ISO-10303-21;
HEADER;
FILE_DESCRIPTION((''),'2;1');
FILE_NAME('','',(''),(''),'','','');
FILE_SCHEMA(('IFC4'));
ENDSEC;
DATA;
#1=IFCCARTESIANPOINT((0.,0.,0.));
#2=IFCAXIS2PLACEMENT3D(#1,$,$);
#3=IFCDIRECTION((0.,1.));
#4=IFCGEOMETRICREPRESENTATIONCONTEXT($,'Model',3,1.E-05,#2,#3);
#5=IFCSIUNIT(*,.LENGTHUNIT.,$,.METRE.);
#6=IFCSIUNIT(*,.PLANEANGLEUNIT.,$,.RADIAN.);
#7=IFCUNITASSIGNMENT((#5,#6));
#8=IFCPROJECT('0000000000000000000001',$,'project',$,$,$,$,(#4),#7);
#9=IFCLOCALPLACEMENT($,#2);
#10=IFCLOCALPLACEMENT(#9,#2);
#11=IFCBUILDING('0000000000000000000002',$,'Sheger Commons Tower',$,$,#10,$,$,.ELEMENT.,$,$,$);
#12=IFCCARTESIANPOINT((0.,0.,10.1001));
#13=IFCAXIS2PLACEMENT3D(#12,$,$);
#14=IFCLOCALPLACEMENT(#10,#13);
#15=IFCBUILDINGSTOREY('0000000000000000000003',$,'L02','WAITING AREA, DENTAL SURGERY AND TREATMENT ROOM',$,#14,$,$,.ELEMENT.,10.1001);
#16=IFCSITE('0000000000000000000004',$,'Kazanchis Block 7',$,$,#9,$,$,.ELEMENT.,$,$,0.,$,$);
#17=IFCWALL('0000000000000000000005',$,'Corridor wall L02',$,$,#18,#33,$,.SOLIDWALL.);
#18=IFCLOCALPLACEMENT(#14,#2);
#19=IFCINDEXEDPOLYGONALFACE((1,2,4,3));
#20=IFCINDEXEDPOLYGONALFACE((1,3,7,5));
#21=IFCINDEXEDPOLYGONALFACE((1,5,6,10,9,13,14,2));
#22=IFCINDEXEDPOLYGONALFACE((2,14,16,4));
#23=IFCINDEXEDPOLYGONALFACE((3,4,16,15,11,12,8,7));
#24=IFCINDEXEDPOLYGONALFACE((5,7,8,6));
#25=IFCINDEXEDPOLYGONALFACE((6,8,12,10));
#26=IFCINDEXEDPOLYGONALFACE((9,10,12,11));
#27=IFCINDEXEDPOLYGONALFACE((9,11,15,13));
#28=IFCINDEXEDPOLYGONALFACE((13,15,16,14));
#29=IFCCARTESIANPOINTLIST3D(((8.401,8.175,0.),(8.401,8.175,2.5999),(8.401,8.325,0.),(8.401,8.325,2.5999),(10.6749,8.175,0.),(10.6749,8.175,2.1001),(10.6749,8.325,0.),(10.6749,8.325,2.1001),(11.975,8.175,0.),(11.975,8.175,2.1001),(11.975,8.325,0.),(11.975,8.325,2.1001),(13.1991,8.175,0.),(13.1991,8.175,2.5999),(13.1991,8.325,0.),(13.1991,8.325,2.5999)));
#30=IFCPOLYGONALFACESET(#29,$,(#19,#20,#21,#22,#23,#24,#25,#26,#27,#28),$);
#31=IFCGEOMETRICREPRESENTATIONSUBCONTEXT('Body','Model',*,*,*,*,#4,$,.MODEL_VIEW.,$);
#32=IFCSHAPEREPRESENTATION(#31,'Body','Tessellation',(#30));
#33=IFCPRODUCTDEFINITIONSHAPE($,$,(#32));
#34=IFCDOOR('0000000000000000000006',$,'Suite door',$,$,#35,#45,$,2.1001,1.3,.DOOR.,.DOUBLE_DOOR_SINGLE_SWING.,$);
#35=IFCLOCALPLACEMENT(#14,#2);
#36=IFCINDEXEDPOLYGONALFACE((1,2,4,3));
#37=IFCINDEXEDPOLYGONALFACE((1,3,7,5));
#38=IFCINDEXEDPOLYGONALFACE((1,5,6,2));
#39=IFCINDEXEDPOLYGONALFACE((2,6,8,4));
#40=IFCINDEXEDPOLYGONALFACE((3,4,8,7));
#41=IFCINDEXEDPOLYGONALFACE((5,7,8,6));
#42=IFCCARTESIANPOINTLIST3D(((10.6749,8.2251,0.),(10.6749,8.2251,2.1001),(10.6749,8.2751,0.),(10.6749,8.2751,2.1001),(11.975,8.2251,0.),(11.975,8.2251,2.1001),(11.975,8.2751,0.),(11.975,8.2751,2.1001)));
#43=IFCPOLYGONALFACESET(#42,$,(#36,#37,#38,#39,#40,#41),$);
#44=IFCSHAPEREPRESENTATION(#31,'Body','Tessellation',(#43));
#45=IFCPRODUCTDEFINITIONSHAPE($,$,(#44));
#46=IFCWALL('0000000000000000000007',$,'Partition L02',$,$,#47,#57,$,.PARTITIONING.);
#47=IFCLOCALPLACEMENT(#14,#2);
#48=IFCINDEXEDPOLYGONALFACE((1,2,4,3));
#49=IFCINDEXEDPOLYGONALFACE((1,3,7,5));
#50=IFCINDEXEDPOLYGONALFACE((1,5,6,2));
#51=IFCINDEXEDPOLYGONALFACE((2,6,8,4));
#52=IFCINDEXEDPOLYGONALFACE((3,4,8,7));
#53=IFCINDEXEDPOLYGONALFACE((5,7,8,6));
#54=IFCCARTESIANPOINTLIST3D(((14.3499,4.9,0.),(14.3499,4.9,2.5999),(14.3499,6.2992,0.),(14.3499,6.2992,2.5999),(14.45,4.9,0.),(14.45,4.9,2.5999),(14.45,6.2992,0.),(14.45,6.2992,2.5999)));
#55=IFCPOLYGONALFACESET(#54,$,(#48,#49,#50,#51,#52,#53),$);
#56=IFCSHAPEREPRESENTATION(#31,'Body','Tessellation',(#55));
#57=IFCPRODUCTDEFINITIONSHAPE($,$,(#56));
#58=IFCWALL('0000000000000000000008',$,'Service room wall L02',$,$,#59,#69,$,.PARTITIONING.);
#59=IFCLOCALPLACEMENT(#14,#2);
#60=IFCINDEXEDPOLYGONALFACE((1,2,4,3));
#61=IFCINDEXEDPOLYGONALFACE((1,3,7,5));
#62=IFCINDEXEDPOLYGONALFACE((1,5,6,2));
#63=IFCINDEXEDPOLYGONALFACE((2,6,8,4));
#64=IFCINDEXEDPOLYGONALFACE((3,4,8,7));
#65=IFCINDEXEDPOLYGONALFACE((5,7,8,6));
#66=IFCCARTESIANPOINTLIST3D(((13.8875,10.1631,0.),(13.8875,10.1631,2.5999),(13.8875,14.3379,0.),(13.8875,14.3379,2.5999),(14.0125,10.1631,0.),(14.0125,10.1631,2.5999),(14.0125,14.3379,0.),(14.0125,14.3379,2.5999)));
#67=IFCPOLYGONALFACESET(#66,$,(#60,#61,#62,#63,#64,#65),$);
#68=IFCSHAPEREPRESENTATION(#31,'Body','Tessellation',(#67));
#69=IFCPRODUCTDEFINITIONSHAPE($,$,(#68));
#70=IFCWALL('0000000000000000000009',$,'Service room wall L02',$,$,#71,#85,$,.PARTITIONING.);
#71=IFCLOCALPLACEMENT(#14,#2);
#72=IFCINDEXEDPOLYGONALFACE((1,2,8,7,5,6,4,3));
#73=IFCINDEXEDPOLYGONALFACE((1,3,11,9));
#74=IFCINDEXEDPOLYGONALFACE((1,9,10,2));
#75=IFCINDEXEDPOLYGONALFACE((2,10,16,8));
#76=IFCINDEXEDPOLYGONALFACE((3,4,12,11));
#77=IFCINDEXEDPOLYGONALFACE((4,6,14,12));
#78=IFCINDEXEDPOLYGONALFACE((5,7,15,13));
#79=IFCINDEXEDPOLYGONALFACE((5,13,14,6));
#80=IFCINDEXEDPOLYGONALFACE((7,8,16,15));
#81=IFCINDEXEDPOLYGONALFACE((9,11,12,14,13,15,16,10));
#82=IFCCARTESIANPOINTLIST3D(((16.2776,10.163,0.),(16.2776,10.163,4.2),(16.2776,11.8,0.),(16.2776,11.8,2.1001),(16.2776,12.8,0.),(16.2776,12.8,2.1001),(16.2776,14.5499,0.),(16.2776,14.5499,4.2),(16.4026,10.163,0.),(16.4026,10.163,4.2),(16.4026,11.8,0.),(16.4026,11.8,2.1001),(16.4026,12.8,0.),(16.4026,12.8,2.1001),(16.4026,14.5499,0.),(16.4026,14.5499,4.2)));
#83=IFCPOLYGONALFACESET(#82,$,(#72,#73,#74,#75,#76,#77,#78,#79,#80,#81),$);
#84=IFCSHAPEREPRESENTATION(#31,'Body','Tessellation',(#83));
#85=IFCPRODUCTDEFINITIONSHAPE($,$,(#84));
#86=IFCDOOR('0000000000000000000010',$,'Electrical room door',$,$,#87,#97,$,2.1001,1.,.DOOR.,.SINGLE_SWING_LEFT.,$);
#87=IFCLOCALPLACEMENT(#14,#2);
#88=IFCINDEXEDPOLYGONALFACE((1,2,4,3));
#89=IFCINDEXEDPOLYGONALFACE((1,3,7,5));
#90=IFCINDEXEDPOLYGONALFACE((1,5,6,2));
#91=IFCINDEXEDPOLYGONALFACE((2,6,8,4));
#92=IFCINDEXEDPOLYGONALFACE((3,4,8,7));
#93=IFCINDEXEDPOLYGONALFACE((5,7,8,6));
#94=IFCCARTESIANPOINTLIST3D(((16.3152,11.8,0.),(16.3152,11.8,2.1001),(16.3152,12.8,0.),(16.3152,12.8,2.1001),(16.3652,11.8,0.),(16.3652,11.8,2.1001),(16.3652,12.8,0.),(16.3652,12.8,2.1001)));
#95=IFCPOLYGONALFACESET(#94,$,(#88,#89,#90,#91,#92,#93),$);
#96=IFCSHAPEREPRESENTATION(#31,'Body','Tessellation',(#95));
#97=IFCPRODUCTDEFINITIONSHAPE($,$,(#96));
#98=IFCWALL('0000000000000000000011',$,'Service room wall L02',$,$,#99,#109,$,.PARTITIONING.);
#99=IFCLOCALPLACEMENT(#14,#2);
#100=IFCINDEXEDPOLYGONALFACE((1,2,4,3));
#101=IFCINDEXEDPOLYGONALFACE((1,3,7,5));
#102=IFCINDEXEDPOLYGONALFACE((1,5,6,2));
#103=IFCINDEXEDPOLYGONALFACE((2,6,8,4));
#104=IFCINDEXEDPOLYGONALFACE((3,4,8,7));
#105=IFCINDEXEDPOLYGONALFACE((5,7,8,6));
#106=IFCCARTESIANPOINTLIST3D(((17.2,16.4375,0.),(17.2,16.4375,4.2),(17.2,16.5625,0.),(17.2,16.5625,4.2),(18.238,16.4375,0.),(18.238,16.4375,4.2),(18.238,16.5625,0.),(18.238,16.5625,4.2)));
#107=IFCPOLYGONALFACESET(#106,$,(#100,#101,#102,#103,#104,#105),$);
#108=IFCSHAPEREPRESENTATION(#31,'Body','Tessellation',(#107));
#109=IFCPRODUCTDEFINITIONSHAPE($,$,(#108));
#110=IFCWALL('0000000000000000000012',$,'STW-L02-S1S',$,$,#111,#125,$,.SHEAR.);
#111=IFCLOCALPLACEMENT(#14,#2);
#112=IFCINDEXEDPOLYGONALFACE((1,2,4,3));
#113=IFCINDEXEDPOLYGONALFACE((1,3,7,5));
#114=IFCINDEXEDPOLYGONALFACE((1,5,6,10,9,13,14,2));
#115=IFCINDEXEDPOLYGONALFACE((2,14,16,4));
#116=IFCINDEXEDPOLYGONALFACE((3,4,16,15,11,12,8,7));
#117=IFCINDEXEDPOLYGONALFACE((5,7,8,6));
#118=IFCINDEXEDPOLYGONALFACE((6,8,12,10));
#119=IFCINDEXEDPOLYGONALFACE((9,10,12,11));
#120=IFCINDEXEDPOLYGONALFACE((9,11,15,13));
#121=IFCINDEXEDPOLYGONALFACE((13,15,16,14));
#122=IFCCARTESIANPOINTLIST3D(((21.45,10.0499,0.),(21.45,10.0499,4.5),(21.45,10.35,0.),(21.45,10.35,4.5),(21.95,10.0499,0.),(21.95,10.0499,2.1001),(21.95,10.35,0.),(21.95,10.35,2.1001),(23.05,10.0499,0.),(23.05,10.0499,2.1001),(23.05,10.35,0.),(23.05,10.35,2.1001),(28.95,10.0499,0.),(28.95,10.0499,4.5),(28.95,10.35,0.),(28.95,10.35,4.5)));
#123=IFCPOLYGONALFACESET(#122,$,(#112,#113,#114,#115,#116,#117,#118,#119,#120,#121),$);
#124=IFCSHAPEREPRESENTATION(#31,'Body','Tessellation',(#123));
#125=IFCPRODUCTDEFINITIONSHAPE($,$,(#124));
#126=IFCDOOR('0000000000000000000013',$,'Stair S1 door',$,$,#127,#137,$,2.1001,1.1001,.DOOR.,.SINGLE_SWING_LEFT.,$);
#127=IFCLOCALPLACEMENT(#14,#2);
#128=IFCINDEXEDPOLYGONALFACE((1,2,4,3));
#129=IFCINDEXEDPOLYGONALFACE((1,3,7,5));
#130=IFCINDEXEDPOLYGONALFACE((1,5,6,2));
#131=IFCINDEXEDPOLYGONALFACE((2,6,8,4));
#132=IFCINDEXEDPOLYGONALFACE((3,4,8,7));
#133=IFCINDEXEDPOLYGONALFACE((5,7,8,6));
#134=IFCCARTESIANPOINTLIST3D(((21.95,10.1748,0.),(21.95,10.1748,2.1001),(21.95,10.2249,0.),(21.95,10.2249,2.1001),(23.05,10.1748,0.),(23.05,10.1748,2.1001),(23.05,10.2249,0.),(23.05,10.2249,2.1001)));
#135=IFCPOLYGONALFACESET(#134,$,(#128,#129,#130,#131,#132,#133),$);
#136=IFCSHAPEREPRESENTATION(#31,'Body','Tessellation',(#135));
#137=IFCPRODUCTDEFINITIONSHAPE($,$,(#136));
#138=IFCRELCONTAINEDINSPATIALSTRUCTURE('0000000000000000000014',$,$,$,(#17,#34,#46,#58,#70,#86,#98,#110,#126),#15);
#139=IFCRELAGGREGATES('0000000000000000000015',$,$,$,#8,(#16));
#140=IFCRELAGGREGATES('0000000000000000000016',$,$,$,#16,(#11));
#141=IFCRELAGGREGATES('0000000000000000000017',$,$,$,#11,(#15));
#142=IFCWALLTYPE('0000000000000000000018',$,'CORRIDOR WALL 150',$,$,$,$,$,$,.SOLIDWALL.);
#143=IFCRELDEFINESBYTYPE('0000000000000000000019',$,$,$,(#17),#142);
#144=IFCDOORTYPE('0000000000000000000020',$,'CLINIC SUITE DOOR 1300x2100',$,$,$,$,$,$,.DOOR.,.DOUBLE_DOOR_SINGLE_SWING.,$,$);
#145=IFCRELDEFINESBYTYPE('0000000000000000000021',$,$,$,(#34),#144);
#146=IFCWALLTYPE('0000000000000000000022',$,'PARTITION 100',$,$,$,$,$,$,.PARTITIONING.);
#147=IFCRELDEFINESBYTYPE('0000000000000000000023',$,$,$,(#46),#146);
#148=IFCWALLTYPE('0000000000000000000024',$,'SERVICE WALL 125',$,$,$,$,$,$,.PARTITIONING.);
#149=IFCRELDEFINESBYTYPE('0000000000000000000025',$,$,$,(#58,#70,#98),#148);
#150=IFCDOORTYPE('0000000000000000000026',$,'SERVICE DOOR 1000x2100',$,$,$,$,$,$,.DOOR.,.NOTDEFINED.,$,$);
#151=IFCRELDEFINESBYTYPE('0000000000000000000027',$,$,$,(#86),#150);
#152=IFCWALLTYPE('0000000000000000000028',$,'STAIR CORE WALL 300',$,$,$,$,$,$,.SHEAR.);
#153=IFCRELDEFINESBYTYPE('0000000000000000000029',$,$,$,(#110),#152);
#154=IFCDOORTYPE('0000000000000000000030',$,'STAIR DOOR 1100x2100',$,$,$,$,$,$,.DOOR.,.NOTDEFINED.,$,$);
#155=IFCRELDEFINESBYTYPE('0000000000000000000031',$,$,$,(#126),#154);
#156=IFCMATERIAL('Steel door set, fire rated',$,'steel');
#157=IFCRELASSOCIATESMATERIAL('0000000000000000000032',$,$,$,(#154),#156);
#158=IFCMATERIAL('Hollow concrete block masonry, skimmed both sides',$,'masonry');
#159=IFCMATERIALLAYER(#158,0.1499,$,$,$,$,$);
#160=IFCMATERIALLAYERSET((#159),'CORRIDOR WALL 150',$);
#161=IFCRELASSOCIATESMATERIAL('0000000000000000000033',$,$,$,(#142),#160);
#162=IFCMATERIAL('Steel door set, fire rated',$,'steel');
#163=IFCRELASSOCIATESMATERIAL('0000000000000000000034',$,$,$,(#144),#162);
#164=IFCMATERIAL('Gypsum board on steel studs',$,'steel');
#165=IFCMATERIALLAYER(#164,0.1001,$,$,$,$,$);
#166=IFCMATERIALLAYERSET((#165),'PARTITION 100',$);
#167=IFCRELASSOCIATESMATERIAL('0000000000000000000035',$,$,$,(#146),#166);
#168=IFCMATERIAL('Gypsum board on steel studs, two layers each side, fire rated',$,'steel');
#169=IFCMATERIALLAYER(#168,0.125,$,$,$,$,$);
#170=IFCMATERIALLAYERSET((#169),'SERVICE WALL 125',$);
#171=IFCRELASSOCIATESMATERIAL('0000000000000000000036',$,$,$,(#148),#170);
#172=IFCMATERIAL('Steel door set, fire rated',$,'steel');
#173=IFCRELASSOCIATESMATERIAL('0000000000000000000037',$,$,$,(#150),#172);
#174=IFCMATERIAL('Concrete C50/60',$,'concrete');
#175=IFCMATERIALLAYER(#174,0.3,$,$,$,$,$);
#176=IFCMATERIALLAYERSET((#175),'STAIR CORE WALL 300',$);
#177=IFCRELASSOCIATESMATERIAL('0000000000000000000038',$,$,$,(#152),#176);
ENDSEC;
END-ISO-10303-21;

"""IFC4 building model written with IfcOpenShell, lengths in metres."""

from ifc_helpers import new_model, si_unit, direction, frame, frame_2d, origin, place, context, subcontext, project, spatial, rectangle, extrude, material, layer, layer_set, type_object, element, fill, save


model = new_model("IFC4")

# Units and contexts
model_context = context("Model", 3, precision=1e-05, world=origin(), true_north=direction((0.0, 1.0)))
body_context = subcontext(model_context, "Body", "Model", "MODEL_VIEW")
ifc_project = project(units=[si_unit("LENGTHUNIT", "METRE"), si_unit("PLANEANGLEUNIT", "RADIAN")], contexts=[model_context])

# Site, building, storey
site_placement = place(None, origin())
site = spatial("IfcSite", under=ifc_project, at=site_placement, Name="Kazanchis Block 7", CompositionType="ELEMENT", RefElevation=0.0)
building_placement = place(site_placement, origin())
building = spatial("IfcBuilding", under=site, at=building_placement, Name="Sheger Commons Tower", CompositionType="ELEMENT")
storey_placement = place(building_placement, frame((0.0, 0.0, 10.1001)))
storey = spatial("IfcBuildingStorey", under=building, at=storey_placement, Name="L02", Description="WAITING AREA, DENTAL SURGERY AND TREATMENT ROOM", CompositionType="ELEMENT", Elevation=10.1001)

# Shared definitions
ifc_material_1 = material(Name="Steel door set, fire rated", Category="steel")
door_type_1 = type_object("IfcDoorType", Name="STAIR DOOR 1100x2100", OperationType="NOTDEFINED", PredefinedType="DOOR", material=ifc_material_1)

# Wall, opening, door
ifc_material_2 = material(Name="Hollow concrete block masonry, skimmed both sides", Category="masonry")
ifc_layer_1 = layer(ifc_material_2, 0.1499)
ifc_layer_set_1 = layer_set([ifc_layer_1], Name="CORRIDOR WALL 150")
wall_type_1 = type_object("IfcWallType", Name="CORRIDOR WALL 150", PredefinedType="SOLIDWALL", material=ifc_layer_set_1)
ifc_material_3 = material(Name="Steel door set, fire rated", Category="steel")
door_type_2 = type_object("IfcDoorType", Name="CLINIC SUITE DOOR 1300x2100", OperationType="DOUBLE_DOOR_SINGLE_SWING", PredefinedType="DOOR", material=ifc_material_3)
wall_1_placement = place(storey_placement, frame((13.199, 8.25, 0.0), z_axis=(0.0, 0.0, 1.0), x_axis=(-1.0, 0.0, 0.0)))
wall_1 = element("IfcWall", 1, at=wall_1_placement, inside=storey, type_object=wall_type_1, Name="Corridor wall L02", PredefinedType="SOLIDWALL", context=body_context, shape_type="SweptSolid", body=[
    extrude(rectangle(XDim=4.7981, YDim=0.1499, at=frame_2d((2.3989, 0.0))), origin(), (0.0, 0.0, 1.0), 2.5999),
])
opening_1_placement = place(wall_1_placement, frame((1.2241, 0.0, 0.0)))
opening_1 = element("IfcOpeningElement", 2, at=opening_1_placement, cuts=wall_1, PredefinedType="OPENING", context=body_context, shape_type="SweptSolid", body=[
    extrude(rectangle(XDim=1.3, YDim=2.1001, at=frame_2d((0.6499, 1.05))), frame((0.0, 0.085, 0.0), z_axis=(0.0, -1.0, 0.0), x_axis=(1.0, 0.0, 0.0)), (0.0, 0.0, 1.0), 0.1699),
])
door_1_placement = place(opening_1_placement, origin())
door_1 = element("IfcDoor", 3, at=door_1_placement, inside=storey, type_object=door_type_2, Name="Suite door", OperationType="DOUBLE_DOOR_SINGLE_SWING", OverallHeight=2.1001, OverallWidth=1.3, PredefinedType="DOOR", context=body_context, shape_type="SweptSolid", body=[
    extrude(rectangle(XDim=1.3, YDim=2.1001, at=frame_2d((0.6499, 1.05))), frame((0.0, 0.0249, 0.0), z_axis=(0.0, -1.0, 0.0), x_axis=(1.0, 0.0, 0.0)), (0.0, 0.0, 1.0), 0.05),
])
fill(opening_1, door_1)

# Walls
ifc_material_4 = material(Name="Gypsum board on steel studs", Category="steel")
ifc_layer_2 = layer(ifc_material_4, 0.1001)
ifc_layer_set_2 = layer_set([ifc_layer_2], Name="PARTITION 100")
wall_type_2 = type_object("IfcWallType", Name="PARTITION 100", PredefinedType="PARTITIONING", material=ifc_layer_set_2)
wall_2_placement = place(storey_placement, frame((14.3999, 4.8999, 0.0), z_axis=(0.0, 0.0, 1.0), x_axis=(0.0, 1.0, 0.0)))
element("IfcWall", 4, at=wall_2_placement, inside=storey, type_object=wall_type_2, Name="Partition L02", PredefinedType="PARTITIONING", context=body_context, shape_type="SweptSolid", body=[
    extrude(rectangle(XDim=1.3992, YDim=0.1001, at=frame_2d((0.6997, 0.0))), origin(), (0.0, 0.0, 1.0), 2.5999),
])
ifc_material_5 = material(Name="Gypsum board on steel studs, two layers each side, fire rated", Category="steel")
ifc_layer_3 = layer(ifc_material_5, 0.125)
ifc_layer_set_3 = layer_set([ifc_layer_3], Name="SERVICE WALL 125")
wall_type_3 = type_object("IfcWallType", Name="SERVICE WALL 125", PredefinedType="PARTITIONING", material=ifc_layer_set_3)
wall_3_placement = place(storey_placement, frame((13.95, 10.1631, 0.0), z_axis=(0.0, 0.0, 1.0), x_axis=(0.0, 1.0, 0.0)))
element("IfcWall", 5, at=wall_3_placement, inside=storey, type_object=wall_type_3, Name="Service room wall L02", PredefinedType="PARTITIONING", context=body_context, shape_type="SweptSolid", body=[
    extrude(rectangle(XDim=4.1748, YDim=0.125, at=frame_2d((2.0874, 0.0))), origin(), (0.0, 0.0, 1.0), 2.5999),
])

# Wall, opening, door
wall_4_placement = place(storey_placement, frame((16.3401, 10.1631, 0.0), z_axis=(0.0, 0.0, 1.0), x_axis=(0.0, 1.0, 0.0)))
wall_4 = element("IfcWall", 6, at=wall_4_placement, inside=storey, type_object=wall_type_3, Name="Service room wall L02", PredefinedType="PARTITIONING", context=body_context, shape_type="SweptSolid", body=[
    extrude(rectangle(XDim=4.387, YDim=0.125, at=frame_2d((2.1934, 0.0))), origin(), (0.0, 0.0, 1.0), 4.2),
])
opening_2_placement = place(wall_4_placement, frame((1.637, 0.0, 0.0)))
opening_2 = element("IfcOpeningElement", 7, at=opening_2_placement, cuts=wall_4, PredefinedType="OPENING", context=body_context, shape_type="SweptSolid", body=[
    extrude(rectangle(XDim=1.0, YDim=2.1001, at=frame_2d((0.5, 1.05))), frame((0.0, 0.0725, 0.0), z_axis=(0.0, -1.0, 0.0), x_axis=(1.0, 0.0, 0.0)), (0.0, 0.0, 1.0), 0.145),
])
ifc_material_6 = material(Name="Steel door set, fire rated", Category="steel")
door_type_3 = type_object("IfcDoorType", Name="SERVICE DOOR 1000x2100", OperationType="NOTDEFINED", PredefinedType="DOOR", material=ifc_material_6)
door_2_placement = place(opening_2_placement, origin())
door_2 = element("IfcDoor", 8, at=door_2_placement, inside=storey, type_object=door_type_3, Name="Electrical room door", OperationType="SINGLE_SWING_LEFT", OverallHeight=2.1001, OverallWidth=1.0, PredefinedType="DOOR", context=body_context, shape_type="SweptSolid", body=[
    extrude(rectangle(XDim=1.0, YDim=2.1001, at=frame_2d((0.5, 1.05))), frame((0.0, 0.0249, 0.0), z_axis=(0.0, -1.0, 0.0), x_axis=(1.0, 0.0, 0.0)), (0.0, 0.0, 1.0), 0.05),
])
fill(opening_2, door_2)

# Wall
wall_5_placement = place(storey_placement, frame((17.2, 16.5, 0.0), z_axis=(0.0, 0.0, 1.0), x_axis=(1.0, 0.0, 0.0)))
element("IfcWall", 9, at=wall_5_placement, inside=storey, type_object=wall_type_3, Name="Service room wall L02", PredefinedType="PARTITIONING", context=body_context, shape_type="SweptSolid", body=[
    extrude(rectangle(XDim=1.0381, YDim=0.125, at=frame_2d((0.519, 0.0))), origin(), (0.0, 0.0, 1.0), 4.2),
])

# Wall, opening, door
ifc_material_7 = material(Name="Concrete C50/60", Category="concrete")
ifc_layer_4 = layer(ifc_material_7, 0.3)
ifc_layer_set_4 = layer_set([ifc_layer_4], Name="STAIR CORE WALL 300")
wall_type_4 = type_object("IfcWallType", Name="STAIR CORE WALL 300", PredefinedType="SHEAR", material=ifc_layer_set_4)
wall_6_placement = place(storey_placement, frame((21.45, 10.2, 0.0), z_axis=(0.0, 0.0, 1.0), x_axis=(1.0, 0.0, 0.0)))
wall_6 = element("IfcWall", 10, at=wall_6_placement, inside=storey, type_object=wall_type_4, Name="STW-L02-S1S", PredefinedType="SHEAR", context=body_context, shape_type="SweptSolid", body=[
    extrude(rectangle(XDim=7.5, YDim=0.3, at=frame_2d((3.75, 0.0))), origin(), (0.0, 0.0, 1.0), 4.5),
])
opening_3_placement = place(wall_6_placement, frame((0.5, 0.0, 0.0)))
opening_3 = element("IfcOpeningElement", 11, at=opening_3_placement, cuts=wall_6, PredefinedType="OPENING", context=body_context, shape_type="SweptSolid", body=[
    extrude(rectangle(XDim=1.1001, YDim=2.1001, at=frame_2d((0.55, 1.05))), frame((0.0, 0.1599, 0.0), z_axis=(0.0, -1.0, 0.0), x_axis=(1.0, 0.0, 0.0)), (0.0, 0.0, 1.0), 0.3201),
])
door_3_placement = place(opening_3_placement, origin())
door_3 = element("IfcDoor", 12, at=door_3_placement, inside=storey, type_object=door_type_1, Name="Stair S1 door", OperationType="SINGLE_SWING_LEFT", OverallHeight=2.1001, OverallWidth=1.1001, PredefinedType="DOOR", context=body_context, shape_type="SweptSolid", body=[
    extrude(rectangle(XDim=1.1001, YDim=2.1001, at=frame_2d((0.55, 1.05))), frame((0.0, 0.0249, 0.0), z_axis=(0.0, -1.0, 0.0), x_axis=(1.0, 0.0, 0.0)), (0.0, 0.0, 1.0), 0.05),
])
fill(opening_3, door_3)

save(model, "model.ifc")
